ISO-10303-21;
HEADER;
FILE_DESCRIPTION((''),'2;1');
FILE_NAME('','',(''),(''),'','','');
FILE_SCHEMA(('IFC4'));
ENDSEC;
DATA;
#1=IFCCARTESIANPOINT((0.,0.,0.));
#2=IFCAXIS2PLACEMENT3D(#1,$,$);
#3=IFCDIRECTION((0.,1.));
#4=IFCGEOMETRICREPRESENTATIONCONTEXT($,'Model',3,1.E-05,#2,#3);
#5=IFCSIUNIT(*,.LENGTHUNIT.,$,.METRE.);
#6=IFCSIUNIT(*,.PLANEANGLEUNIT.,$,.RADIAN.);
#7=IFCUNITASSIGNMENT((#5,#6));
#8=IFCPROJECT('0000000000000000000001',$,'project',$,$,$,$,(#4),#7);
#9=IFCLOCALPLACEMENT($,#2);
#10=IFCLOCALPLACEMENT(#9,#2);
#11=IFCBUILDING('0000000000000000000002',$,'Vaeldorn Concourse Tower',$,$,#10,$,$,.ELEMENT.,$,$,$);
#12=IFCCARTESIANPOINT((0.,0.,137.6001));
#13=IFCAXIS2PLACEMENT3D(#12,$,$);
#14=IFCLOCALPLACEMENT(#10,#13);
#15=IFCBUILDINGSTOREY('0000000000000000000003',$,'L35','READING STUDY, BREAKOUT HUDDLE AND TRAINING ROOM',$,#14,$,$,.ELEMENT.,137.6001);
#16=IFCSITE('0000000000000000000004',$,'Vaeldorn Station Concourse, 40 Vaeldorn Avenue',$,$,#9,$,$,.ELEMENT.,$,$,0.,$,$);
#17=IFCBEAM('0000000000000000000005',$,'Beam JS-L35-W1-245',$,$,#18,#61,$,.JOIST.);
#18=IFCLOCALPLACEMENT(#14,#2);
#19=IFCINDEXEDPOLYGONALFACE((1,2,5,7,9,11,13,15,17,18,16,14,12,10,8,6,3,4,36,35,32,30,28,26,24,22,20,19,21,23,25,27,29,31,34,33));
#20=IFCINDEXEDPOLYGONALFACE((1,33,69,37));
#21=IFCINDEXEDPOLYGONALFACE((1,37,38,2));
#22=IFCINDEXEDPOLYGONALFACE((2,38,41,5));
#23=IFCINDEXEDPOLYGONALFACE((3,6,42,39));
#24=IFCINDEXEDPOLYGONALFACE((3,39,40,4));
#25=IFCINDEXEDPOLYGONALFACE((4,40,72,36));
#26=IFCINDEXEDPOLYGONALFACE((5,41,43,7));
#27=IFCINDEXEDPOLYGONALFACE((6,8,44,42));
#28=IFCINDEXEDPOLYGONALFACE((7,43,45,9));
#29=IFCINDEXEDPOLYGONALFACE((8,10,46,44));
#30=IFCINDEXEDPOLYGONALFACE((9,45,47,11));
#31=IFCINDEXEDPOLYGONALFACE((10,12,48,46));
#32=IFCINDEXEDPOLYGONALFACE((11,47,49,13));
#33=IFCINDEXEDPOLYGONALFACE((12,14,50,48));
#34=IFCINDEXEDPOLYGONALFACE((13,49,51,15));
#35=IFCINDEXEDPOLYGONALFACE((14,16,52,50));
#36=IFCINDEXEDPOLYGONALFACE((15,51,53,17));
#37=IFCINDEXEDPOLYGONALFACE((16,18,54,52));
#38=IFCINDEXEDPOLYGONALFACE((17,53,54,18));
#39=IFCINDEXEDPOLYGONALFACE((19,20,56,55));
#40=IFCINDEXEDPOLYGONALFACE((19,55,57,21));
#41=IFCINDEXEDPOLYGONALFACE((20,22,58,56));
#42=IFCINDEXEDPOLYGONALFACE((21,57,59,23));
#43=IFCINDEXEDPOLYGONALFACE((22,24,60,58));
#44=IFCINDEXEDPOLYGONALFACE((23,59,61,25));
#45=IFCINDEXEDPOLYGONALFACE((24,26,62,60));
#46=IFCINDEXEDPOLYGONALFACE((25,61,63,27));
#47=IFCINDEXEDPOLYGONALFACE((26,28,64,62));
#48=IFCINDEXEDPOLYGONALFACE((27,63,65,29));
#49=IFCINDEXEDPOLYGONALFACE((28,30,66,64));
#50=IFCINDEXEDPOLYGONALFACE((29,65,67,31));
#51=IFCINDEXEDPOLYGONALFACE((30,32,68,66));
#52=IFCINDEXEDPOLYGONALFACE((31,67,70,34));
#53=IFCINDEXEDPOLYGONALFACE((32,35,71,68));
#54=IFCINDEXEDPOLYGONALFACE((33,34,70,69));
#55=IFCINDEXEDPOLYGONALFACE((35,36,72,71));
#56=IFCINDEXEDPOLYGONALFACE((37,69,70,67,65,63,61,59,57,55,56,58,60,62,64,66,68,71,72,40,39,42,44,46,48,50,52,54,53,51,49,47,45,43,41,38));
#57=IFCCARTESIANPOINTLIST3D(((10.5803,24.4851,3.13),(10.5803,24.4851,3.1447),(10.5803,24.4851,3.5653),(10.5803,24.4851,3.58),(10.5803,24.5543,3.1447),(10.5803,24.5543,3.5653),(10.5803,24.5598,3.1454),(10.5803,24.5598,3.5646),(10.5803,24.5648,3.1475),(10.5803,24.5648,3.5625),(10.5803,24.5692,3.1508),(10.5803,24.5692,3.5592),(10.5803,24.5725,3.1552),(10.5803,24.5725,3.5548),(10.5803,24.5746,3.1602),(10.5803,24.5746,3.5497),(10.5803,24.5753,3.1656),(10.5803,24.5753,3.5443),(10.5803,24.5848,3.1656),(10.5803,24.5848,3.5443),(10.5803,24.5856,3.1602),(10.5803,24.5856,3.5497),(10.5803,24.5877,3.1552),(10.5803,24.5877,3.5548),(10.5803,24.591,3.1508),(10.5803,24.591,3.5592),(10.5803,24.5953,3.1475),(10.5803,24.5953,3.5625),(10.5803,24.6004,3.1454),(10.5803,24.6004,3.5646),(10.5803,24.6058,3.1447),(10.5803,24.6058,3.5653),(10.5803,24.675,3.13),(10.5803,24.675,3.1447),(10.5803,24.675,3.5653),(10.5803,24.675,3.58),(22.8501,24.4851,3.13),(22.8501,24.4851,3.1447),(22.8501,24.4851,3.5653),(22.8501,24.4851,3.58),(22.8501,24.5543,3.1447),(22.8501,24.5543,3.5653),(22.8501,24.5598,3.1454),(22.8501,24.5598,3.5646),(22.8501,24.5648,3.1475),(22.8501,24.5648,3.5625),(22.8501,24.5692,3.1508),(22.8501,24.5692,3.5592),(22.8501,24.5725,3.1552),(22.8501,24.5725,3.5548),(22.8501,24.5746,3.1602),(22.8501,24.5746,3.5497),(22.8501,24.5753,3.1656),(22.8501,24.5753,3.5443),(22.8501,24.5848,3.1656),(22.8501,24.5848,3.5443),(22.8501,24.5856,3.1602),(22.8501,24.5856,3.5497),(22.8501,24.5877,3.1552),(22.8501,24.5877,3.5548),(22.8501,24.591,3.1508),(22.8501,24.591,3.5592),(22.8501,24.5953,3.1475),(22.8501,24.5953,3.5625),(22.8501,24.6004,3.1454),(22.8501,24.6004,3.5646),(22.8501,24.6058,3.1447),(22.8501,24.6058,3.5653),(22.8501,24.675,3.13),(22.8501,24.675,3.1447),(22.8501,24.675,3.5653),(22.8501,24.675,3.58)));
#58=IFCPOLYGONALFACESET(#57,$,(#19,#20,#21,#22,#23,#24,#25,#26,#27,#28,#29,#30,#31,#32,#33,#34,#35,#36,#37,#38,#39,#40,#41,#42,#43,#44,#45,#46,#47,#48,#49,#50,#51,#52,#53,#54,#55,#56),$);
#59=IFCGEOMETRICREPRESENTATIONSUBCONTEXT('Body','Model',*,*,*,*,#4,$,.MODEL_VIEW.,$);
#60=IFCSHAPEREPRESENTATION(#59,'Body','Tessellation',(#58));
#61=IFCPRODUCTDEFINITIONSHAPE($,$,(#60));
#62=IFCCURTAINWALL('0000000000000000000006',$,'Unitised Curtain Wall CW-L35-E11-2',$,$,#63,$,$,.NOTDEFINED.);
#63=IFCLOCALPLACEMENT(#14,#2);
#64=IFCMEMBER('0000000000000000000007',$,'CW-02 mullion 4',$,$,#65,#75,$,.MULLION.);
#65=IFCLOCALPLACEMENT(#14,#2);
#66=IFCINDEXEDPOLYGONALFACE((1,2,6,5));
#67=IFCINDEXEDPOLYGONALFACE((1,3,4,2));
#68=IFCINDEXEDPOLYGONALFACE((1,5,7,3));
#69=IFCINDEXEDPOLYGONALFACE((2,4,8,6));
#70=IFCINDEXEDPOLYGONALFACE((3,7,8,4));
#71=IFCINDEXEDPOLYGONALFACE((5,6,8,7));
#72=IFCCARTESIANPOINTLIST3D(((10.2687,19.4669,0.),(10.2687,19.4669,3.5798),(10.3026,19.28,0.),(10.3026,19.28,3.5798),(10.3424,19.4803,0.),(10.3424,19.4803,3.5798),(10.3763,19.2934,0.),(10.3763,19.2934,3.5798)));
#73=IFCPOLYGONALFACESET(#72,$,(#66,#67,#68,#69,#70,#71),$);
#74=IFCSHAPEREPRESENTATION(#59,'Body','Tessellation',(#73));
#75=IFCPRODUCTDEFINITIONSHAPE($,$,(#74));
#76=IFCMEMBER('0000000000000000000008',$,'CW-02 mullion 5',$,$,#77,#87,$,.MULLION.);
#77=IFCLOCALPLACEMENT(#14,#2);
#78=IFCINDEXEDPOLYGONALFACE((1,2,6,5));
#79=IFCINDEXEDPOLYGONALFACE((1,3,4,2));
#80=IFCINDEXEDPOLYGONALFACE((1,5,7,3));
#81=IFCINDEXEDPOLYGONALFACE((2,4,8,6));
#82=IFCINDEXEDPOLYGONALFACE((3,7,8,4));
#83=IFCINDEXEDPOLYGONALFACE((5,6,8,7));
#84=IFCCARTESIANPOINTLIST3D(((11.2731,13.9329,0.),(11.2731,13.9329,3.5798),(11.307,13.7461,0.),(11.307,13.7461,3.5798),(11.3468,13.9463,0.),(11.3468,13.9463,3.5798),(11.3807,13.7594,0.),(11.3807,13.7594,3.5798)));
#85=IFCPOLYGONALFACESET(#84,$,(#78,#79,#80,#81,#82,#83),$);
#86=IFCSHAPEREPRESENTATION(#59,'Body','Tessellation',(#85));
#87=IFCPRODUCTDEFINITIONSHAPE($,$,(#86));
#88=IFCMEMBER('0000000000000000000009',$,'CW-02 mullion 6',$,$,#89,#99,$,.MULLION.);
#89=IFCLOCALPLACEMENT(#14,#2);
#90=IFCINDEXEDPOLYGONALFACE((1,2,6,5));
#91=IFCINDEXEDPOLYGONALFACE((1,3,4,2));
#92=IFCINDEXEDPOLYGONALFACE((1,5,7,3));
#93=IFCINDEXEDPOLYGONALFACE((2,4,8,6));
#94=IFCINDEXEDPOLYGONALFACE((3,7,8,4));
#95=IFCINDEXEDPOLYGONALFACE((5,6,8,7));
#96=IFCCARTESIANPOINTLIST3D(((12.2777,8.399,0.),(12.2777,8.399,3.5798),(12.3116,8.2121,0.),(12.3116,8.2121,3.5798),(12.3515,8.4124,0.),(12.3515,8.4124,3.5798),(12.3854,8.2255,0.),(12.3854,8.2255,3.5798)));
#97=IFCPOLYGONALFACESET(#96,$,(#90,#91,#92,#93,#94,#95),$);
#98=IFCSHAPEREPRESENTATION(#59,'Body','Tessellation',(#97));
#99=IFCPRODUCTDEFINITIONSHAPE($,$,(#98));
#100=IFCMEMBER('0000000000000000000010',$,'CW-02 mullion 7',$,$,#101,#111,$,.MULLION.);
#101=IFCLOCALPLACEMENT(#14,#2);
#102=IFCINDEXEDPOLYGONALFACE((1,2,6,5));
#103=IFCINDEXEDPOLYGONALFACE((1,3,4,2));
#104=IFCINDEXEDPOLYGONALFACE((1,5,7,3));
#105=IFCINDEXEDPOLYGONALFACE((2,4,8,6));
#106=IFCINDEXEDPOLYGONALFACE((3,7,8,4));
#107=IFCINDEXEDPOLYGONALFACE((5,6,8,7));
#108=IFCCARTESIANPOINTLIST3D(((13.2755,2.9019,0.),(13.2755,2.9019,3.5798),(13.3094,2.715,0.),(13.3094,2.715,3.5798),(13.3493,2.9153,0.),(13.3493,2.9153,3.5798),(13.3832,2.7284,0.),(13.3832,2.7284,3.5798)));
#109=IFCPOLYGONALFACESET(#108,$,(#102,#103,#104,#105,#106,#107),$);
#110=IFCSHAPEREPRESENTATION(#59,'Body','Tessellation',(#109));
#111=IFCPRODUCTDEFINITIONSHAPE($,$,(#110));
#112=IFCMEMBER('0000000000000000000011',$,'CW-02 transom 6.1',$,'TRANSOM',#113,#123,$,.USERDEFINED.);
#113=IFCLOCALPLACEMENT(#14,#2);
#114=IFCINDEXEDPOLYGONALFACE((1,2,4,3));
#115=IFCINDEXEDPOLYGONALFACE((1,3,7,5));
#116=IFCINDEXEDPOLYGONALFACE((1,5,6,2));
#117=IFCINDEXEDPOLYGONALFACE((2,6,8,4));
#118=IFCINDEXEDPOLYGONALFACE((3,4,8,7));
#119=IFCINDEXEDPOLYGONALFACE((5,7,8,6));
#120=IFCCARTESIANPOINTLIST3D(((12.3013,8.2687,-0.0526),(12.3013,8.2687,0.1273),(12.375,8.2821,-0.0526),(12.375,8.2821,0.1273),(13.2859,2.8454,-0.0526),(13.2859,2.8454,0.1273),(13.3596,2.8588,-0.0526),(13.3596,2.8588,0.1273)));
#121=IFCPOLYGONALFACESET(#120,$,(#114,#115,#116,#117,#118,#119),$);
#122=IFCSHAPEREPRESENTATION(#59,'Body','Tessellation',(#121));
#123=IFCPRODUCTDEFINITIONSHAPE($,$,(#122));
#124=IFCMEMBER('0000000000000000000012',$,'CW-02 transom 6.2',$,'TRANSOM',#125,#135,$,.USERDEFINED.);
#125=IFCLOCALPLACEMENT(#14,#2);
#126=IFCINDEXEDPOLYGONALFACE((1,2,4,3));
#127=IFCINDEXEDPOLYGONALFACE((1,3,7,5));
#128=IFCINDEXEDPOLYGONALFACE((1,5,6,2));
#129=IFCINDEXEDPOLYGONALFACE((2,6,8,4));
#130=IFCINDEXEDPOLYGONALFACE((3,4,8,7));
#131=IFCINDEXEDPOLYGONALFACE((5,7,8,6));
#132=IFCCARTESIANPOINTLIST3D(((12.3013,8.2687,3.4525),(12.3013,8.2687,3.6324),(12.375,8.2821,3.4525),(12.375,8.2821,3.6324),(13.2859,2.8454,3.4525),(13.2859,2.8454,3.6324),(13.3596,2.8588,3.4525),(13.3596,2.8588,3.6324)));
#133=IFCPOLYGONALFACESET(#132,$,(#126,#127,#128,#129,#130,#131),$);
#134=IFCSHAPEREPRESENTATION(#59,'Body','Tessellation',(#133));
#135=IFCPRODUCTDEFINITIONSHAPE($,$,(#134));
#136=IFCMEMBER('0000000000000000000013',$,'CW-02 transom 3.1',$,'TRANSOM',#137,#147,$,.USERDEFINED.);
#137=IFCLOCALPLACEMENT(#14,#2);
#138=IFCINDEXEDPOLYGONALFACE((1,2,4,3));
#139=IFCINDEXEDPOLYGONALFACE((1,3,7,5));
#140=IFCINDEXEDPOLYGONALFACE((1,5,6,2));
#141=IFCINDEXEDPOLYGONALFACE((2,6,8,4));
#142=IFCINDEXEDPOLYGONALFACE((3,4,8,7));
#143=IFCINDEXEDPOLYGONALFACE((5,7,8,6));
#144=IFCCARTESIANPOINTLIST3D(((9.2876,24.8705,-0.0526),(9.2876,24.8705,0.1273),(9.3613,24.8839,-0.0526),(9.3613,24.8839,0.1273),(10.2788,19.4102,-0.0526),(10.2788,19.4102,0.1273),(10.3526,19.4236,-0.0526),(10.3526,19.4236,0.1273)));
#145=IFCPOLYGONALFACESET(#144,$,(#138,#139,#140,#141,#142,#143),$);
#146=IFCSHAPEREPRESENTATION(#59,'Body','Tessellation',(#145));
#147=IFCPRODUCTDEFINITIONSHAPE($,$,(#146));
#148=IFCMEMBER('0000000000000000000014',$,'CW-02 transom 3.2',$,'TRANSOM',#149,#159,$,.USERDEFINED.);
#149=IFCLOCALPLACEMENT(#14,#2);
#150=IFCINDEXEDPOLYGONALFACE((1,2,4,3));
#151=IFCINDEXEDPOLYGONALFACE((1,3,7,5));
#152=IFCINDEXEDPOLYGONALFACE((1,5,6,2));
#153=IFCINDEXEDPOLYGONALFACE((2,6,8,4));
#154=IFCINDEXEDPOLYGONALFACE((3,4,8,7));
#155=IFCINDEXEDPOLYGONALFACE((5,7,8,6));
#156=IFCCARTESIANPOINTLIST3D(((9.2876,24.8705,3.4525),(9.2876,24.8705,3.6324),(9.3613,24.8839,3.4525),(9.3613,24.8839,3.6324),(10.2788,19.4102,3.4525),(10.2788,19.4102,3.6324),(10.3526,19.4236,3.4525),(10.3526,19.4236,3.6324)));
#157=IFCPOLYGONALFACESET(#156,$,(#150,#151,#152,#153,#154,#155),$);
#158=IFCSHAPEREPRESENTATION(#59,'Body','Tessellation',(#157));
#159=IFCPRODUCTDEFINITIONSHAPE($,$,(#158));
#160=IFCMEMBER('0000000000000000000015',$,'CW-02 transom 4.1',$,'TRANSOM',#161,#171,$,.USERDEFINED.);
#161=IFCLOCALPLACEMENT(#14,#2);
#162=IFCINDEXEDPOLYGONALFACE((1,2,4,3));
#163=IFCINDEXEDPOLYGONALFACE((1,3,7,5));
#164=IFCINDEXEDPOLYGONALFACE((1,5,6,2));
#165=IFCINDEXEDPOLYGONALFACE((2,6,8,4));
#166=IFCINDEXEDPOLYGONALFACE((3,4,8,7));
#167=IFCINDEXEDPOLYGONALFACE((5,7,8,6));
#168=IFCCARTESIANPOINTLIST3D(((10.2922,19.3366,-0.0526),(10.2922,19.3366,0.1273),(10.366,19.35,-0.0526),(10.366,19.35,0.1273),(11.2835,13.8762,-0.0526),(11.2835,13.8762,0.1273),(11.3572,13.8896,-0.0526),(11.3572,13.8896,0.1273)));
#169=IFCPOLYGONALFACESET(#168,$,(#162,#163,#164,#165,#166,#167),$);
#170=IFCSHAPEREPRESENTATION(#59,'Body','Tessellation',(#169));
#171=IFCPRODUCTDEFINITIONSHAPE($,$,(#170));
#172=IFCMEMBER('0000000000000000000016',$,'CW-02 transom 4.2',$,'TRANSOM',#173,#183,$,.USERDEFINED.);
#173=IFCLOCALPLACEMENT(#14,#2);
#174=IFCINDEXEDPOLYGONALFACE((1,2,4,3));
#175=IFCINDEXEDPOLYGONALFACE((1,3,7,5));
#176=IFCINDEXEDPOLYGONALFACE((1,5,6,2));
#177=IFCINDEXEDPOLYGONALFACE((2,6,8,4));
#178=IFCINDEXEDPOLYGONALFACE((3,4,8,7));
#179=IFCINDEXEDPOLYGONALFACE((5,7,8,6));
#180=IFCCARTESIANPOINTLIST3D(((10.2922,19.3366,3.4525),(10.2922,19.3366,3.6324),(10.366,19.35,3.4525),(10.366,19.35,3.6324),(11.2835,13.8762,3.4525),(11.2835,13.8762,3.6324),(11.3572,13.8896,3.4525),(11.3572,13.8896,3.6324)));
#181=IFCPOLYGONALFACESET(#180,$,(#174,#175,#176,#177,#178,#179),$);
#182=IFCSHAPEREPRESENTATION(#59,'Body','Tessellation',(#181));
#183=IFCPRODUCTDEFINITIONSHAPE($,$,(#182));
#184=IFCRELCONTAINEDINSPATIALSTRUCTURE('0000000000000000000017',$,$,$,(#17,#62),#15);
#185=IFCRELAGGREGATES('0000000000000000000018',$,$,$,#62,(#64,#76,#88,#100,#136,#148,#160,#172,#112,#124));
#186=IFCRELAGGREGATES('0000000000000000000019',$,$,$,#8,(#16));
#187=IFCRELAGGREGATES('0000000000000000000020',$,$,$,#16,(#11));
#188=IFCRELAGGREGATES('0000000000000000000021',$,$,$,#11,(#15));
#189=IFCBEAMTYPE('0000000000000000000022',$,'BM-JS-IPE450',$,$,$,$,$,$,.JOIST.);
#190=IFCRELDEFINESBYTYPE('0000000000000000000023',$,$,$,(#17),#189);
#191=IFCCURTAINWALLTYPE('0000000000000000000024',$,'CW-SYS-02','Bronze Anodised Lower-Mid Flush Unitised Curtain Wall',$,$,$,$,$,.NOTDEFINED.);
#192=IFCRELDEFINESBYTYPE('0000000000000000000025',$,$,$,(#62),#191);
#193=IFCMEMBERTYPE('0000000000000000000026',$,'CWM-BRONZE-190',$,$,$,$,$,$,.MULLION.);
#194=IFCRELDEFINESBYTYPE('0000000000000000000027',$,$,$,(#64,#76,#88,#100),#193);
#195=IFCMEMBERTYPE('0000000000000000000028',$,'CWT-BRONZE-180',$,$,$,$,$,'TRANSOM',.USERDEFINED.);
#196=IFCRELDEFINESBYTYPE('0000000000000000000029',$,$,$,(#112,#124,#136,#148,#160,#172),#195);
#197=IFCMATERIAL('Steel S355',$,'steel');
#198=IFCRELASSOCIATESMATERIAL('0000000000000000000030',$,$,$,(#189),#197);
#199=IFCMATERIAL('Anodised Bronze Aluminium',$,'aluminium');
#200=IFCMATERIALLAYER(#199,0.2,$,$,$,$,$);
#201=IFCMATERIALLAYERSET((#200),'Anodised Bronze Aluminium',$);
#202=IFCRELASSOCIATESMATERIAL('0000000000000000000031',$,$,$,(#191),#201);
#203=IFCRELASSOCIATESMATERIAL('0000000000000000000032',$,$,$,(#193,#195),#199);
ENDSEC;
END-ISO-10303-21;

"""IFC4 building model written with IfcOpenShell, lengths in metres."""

from ifc_helpers import new_model, si_unit, direction, frame, origin, origin_2d, place, context, subcontext, project, spatial, rectangle, i_section, extrude, source, transform, mapped, material, layer, layer_set, material_profile, profile_set, type_object, element, aggregate, save


model = new_model("IFC4")

# Units and contexts
model_context = context("Model", 3, precision=1e-05, world=origin(), true_north=direction((0.0, 1.0)))
body_context = subcontext(model_context, "Body", "Model", "MODEL_VIEW")
ifc_project = project(units=[si_unit("LENGTHUNIT", "METRE"), si_unit("PLANEANGLEUNIT", "RADIAN")], contexts=[model_context])

# Site, building, storey
site_placement = place(None, origin())
site = spatial("IfcSite", under=ifc_project, at=site_placement, Name="Vaeldorn Station Concourse, 40 Vaeldorn Avenue", CompositionType="ELEMENT", RefElevation=0.0)
building_placement = place(site_placement, origin())
building = spatial("IfcBuilding", under=site, at=building_placement, Name="Vaeldorn Concourse Tower", CompositionType="ELEMENT")
storey_placement = place(building_placement, frame((0.0, 0.0, 137.6001)))
storey = spatial("IfcBuildingStorey", under=building, at=storey_placement, Name="L35", Description="READING STUDY, BREAKOUT HUDDLE AND TRAINING ROOM", CompositionType="ELEMENT", Elevation=137.6001)

# Beam
ifc_material_1 = material(Name="Steel S355", Category="steel")
ifc_material_profile_1 = material_profile(ifc_material_1, i_section(OverallWidth=0.1899, OverallDepth=0.45, WebThickness=0.0095, FlangeThickness=0.0146, FilletRadius=0.021, at=origin_2d()), Name="IPE 450")
ifc_profile_set_1 = profile_set([ifc_material_profile_1], Name="Steel S355")
beam_type_1 = type_object("IfcBeamType", Name="BM-JS-IPE450", PredefinedType="JOIST", material=ifc_profile_set_1)
shared_shape_1 = source(origin(), body_context, "Body", "SweptSolid", [
    extrude(i_section(OverallWidth=0.1899, OverallDepth=0.45, WebThickness=0.0095, FlangeThickness=0.0146, FilletRadius=0.021, at=origin_2d()), origin(), (0.0, 0.0, 1.0), 12.2698),
])
beam_1_placement = place(storey_placement, frame((10.5803, 24.5801, 3.355), z_axis=(1.0, 0.0, 0.0), x_axis=(0.0, 1.0, 0.0)))
element("IfcBeam", 1, at=beam_1_placement, inside=storey, type_object=beam_type_1, Name="Beam JS-L35-W1-245", PredefinedType="JOIST", context=body_context, shape_type="MappedRepresentation", body=[
    mapped(shared_shape_1, transform((0.0, 0.0, 0.0), scale=1.0)),
])

# Curtain wall, members
ifc_material_2 = material(Name="Anodised Bronze Aluminium", Category="aluminium")
ifc_layer_1 = layer(ifc_material_2, 0.2)
ifc_layer_set_1 = layer_set([ifc_layer_1], Name="Anodised Bronze Aluminium")
curtain_wall_type = type_object("IfcCurtainWallType", Name="CW-SYS-02", Description="Bronze Anodised Lower-Mid Flush Unitised Curtain Wall", PredefinedType="NOTDEFINED", material=ifc_layer_set_1)
curtain_wall_placement = place(storey_placement, origin())
curtain_wall = element("IfcCurtainWall", 2, at=curtain_wall_placement, inside=storey, type_object=curtain_wall_type, Name="Unitised Curtain Wall CW-L35-E11-2", PredefinedType="NOTDEFINED")
ifc_material_profile_2 = material_profile(ifc_material_2, rectangle(XDim=0.075, YDim=0.1899, at=origin_2d()), Name="CWM 75x190")
ifc_profile_set_2 = profile_set([ifc_material_profile_2], Name="Anodised Bronze Aluminium")
member_type_1 = type_object("IfcMemberType", Name="CWM-BRONZE-190", PredefinedType="MULLION", material=ifc_profile_set_2)
shared_shape_2 = source(origin(), body_context, "Body", "SweptSolid", [
    extrude(rectangle(XDim=0.075, YDim=0.1899, at=origin_2d()), origin(), (0.0, 0.0, 1.0), 3.5798),
])
member_1_placement = place(storey_placement, frame((10.3225, 19.3801, 0.0), z_axis=(0.0, 0.0, 1.0), x_axis=(0.98392, 0.178608, 0.0)))
member_1 = element("IfcMember", 3, at=member_1_placement, type_object=member_type_1, Name="CW-02 mullion 4", PredefinedType="MULLION", context=body_context, shape_type="MappedRepresentation", body=[
    mapped(shared_shape_2, transform((0.0, 0.0, 0.0), scale=1.0)),
])
member_2_placement = place(storey_placement, frame((11.3269, 13.8462, 0.0), z_axis=(0.0, 0.0, 1.0), x_axis=(0.98392, 0.178608, 0.0)))
member_2 = element("IfcMember", 4, at=member_2_placement, type_object=member_type_1, Name="CW-02 mullion 5", PredefinedType="MULLION", context=body_context, shape_type="MappedRepresentation", body=[
    mapped(shared_shape_2, transform((0.0, 0.0, 0.0), scale=1.0)),
])
member_3_placement = place(storey_placement, frame((12.3315, 8.3123, 0.0), z_axis=(0.0, 0.0, 1.0), x_axis=(0.98392, 0.178608, 0.0)))
member_3 = element("IfcMember", 5, at=member_3_placement, type_object=member_type_1, Name="CW-02 mullion 6", PredefinedType="MULLION", context=body_context, shape_type="MappedRepresentation", body=[
    mapped(shared_shape_2, transform((0.0, 0.0, 0.0), scale=1.0)),
])
member_4_placement = place(storey_placement, frame((13.3293, 2.8152, 0.0), z_axis=(0.0, 0.0, 1.0), x_axis=(0.98392, 0.178608, 0.0)))
member_4 = element("IfcMember", 6, at=member_4_placement, type_object=member_type_1, Name="CW-02 mullion 7", PredefinedType="MULLION", context=body_context, shape_type="MappedRepresentation", body=[
    mapped(shared_shape_2, transform((0.0, 0.0, 0.0), scale=1.0)),
])
ifc_material_profile_3 = material_profile(ifc_material_2, rectangle(XDim=0.075, YDim=0.1799, at=origin_2d()), Name="CWT 75x180")
ifc_profile_set_3 = profile_set([ifc_material_profile_3], Name="Anodised Bronze Aluminium")
member_type_2 = type_object("IfcMemberType", Name="CWT-BRONZE-180", ElementType="TRANSOM", PredefinedType="USERDEFINED", material=ifc_profile_set_3)
shared_shape_3 = source(origin(), body_context, "Body", "SweptSolid", [
    extrude(rectangle(XDim=0.075, YDim=0.1799, at=origin_2d()), origin(), (0.0, 0.0, 1.0), 5.512),
])
member_5_placement = place(storey_placement, frame((12.3381, 8.2754, 0.0374), z_axis=(0.178632, -0.983916, 0.0), x_axis=(0.983916, 0.178632, 0.0)))
member_5 = element("IfcMember", 7, at=member_5_placement, type_object=member_type_2, Name="CW-02 transom 6.1", ObjectType="TRANSOM", PredefinedType="USERDEFINED", context=body_context, shape_type="MappedRepresentation", body=[
    mapped(shared_shape_3, transform((0.0, 0.0, 0.0), scale=1.0)),
])
member_6_placement = place(storey_placement, frame((12.3381, 8.2754, 3.5425), z_axis=(0.178632, -0.983916, 0.0), x_axis=(0.983916, 0.178632, 0.0)))
member_6 = element("IfcMember", 8, at=member_6_placement, type_object=member_type_2, Name="CW-02 transom 6.2", ObjectType="TRANSOM", PredefinedType="USERDEFINED", context=body_context, shape_type="MappedRepresentation", body=[
    mapped(shared_shape_3, transform((0.0, 0.0, 0.0), scale=1.0)),
])
shared_shape_4 = source(origin(), body_context, "Body", "SweptSolid", [
    extrude(rectangle(XDim=0.075, YDim=0.1799, at=origin_2d()), origin(), (0.0, 0.0, 1.0), 5.5496),
])
member_7_placement = place(storey_placement, frame((9.3245, 24.8772, 0.0374), z_axis=(0.178614, -0.983919, 0.0), x_axis=(0.983919, 0.178614, 0.0)))
member_7 = element("IfcMember", 9, at=member_7_placement, type_object=member_type_2, Name="CW-02 transom 3.1", ObjectType="TRANSOM", PredefinedType="USERDEFINED", context=body_context, shape_type="MappedRepresentation", body=[
    mapped(shared_shape_4, transform((0.0, 0.0, 0.0), scale=1.0)),
])
member_8_placement = place(storey_placement, frame((9.3245, 24.8772, 3.5425), z_axis=(0.178614, -0.983919, 0.0), x_axis=(0.983919, 0.178614, 0.0)))
member_8 = element("IfcMember", 10, at=member_8_placement, type_object=member_type_2, Name="CW-02 transom 3.2", ObjectType="TRANSOM", PredefinedType="USERDEFINED", context=body_context, shape_type="MappedRepresentation", body=[
    mapped(shared_shape_4, transform((0.0, 0.0, 0.0), scale=1.0)),
])
member_9_placement = place(storey_placement, frame((10.3291, 19.3433, 0.0374), z_axis=(0.178614, -0.983919, 0.0), x_axis=(0.983919, 0.178614, 0.0)))
member_9 = element("IfcMember", 11, at=member_9_placement, type_object=member_type_2, Name="CW-02 transom 4.1", ObjectType="TRANSOM", PredefinedType="USERDEFINED", context=body_context, shape_type="MappedRepresentation", body=[
    mapped(shared_shape_4, transform((0.0, 0.0, 0.0), scale=1.0)),
])
member_10_placement = place(storey_placement, frame((10.3291, 19.3433, 3.5425), z_axis=(0.178614, -0.983919, 0.0), x_axis=(0.983919, 0.178614, 0.0)))
member_10 = element("IfcMember", 12, at=member_10_placement, type_object=member_type_2, Name="CW-02 transom 4.2", ObjectType="TRANSOM", PredefinedType="USERDEFINED", context=body_context, shape_type="MappedRepresentation", body=[
    mapped(shared_shape_4, transform((0.0, 0.0, 0.0), scale=1.0)),
])
aggregate(curtain_wall, [member_1, member_2, member_3, member_4, member_7, member_8, member_9, member_10, member_5, member_6])

save(model, "model.ifc")
